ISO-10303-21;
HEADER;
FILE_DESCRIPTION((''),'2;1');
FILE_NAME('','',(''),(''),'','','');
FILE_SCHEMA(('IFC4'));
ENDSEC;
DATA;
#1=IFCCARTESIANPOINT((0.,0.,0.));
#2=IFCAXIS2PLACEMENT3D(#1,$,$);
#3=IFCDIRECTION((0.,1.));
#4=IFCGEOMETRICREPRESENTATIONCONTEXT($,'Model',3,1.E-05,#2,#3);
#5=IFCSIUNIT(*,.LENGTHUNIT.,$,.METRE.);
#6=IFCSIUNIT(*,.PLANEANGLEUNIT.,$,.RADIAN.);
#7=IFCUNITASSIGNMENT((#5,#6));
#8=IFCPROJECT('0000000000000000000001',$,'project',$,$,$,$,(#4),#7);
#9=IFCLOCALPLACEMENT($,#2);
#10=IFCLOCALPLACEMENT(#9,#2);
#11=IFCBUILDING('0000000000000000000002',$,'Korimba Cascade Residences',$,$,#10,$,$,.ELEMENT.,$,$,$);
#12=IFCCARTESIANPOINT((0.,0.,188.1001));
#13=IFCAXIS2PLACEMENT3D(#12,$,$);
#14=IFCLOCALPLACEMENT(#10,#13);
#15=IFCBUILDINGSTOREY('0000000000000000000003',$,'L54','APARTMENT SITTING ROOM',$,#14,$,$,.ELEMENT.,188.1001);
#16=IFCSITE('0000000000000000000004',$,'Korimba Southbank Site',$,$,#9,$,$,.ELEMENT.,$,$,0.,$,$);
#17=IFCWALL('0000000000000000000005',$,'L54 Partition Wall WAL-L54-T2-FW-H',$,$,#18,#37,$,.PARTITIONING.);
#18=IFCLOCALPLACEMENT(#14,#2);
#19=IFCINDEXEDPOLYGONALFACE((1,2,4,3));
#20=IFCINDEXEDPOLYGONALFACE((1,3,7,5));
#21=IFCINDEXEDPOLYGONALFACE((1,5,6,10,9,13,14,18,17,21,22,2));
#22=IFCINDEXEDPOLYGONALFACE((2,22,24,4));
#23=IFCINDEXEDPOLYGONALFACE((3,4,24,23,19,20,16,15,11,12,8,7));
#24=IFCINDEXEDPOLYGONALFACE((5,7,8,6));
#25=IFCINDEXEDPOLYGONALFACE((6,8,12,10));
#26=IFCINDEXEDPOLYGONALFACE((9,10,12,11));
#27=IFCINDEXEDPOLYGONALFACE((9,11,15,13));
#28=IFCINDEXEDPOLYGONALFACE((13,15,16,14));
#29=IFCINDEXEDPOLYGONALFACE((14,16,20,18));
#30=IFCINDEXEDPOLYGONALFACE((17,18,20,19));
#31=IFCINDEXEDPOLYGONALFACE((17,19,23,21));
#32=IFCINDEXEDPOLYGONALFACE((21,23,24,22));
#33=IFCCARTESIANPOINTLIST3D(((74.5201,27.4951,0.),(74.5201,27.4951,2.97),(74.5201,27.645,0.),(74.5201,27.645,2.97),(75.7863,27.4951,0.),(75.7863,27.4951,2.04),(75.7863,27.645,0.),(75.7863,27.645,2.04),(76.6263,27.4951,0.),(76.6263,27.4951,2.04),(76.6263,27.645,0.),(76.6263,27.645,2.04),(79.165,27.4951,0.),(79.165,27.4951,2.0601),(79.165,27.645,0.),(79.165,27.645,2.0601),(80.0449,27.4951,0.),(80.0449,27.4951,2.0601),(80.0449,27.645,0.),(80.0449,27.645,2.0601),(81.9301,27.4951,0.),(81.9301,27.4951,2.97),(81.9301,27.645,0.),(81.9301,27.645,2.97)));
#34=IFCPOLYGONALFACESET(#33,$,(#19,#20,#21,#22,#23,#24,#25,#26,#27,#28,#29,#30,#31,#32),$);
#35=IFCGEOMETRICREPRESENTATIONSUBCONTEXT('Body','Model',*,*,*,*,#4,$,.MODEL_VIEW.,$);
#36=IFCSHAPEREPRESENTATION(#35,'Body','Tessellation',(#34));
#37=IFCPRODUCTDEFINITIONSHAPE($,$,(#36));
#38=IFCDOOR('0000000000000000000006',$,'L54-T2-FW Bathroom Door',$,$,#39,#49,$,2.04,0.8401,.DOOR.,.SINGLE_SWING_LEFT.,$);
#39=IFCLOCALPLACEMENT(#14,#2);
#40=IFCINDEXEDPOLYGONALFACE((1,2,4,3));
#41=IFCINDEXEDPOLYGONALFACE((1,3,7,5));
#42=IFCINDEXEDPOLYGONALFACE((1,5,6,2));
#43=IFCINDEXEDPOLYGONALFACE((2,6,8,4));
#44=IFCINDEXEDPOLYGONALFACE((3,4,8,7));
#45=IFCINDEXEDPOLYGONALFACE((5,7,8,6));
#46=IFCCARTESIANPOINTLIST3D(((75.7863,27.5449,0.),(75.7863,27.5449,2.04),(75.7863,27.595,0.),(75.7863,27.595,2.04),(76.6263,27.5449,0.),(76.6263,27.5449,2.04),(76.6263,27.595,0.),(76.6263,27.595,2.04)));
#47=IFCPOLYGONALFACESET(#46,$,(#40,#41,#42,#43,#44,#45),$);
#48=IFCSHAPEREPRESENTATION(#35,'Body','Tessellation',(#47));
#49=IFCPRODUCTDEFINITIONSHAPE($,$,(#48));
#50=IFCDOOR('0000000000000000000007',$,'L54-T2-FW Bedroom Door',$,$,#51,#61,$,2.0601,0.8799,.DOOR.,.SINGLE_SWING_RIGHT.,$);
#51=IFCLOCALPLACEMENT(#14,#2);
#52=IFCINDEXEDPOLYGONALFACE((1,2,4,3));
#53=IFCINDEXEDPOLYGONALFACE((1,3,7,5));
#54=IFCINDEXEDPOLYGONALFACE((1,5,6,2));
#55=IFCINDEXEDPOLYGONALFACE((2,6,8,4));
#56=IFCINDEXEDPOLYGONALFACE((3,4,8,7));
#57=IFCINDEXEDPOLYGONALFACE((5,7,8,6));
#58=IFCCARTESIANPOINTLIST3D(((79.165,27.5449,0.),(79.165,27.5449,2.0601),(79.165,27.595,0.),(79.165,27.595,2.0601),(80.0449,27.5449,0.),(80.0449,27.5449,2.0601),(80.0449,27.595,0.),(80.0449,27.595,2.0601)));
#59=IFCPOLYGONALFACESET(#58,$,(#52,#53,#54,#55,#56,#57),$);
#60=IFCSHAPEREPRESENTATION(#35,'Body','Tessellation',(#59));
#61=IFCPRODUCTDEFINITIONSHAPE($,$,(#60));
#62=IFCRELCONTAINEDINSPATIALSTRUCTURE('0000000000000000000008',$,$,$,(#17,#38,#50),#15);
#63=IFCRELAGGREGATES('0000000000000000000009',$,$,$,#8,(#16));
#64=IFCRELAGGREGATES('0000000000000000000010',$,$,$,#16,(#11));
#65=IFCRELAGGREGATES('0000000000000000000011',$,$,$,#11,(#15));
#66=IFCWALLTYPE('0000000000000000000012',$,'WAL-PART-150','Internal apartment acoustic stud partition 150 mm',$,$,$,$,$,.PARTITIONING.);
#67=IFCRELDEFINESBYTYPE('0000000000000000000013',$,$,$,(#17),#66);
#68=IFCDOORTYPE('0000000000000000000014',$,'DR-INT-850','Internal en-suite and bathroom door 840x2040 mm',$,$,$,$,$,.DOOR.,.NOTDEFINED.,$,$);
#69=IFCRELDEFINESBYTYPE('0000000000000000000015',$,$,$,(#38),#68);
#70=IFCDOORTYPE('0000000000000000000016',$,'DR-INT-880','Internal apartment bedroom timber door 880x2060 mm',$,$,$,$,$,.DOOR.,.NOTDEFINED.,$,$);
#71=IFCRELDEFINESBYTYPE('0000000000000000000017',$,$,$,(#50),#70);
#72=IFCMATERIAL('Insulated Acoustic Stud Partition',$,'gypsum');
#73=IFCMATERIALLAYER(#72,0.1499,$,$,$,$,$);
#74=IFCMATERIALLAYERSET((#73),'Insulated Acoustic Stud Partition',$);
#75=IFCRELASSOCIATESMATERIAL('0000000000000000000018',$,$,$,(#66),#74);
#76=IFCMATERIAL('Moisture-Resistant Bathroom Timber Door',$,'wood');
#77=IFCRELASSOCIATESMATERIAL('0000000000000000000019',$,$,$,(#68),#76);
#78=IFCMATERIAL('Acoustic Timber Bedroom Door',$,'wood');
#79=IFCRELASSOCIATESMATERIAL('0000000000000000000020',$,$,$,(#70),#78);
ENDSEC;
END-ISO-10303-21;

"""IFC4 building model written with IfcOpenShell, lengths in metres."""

from ifc_helpers import new_model, si_unit, direction, frame, frame_2d, origin, place, context, subcontext, project, spatial, rectangle, extrude, material, layer, layer_set, type_object, element, fill, save


model = new_model("IFC4")

# Units and contexts
model_context = context("Model", 3, precision=1e-05, world=origin(), true_north=direction((0.0, 1.0)))
body_context = subcontext(model_context, "Body", "Model", "MODEL_VIEW")
ifc_project = project(units=[si_unit("LENGTHUNIT", "METRE"), si_unit("PLANEANGLEUNIT", "RADIAN")], contexts=[model_context])

# Site, building, storey
site_placement = place(None, origin())
site = spatial("IfcSite", under=ifc_project, at=site_placement, Name="Korimba Southbank Site", CompositionType="ELEMENT", RefElevation=0.0)
building_placement = place(site_placement, origin())
building = spatial("IfcBuilding", under=site, at=building_placement, Name="Korimba Cascade Residences", CompositionType="ELEMENT")
storey_placement = place(building_placement, frame((0.0, 0.0, 188.1001)))
storey = spatial("IfcBuildingStorey", under=building, at=storey_placement, Name="L54", Description="APARTMENT SITTING ROOM", CompositionType="ELEMENT", Elevation=188.1001)

# Shared definitions
ifc_material_1 = material(Name="Insulated Acoustic Stud Partition", Category="gypsum")
ifc_layer_1 = layer(ifc_material_1, 0.1499)
ifc_layer_set_1 = layer_set([ifc_layer_1], Name="Insulated Acoustic Stud Partition")
wall_type_1 = type_object("IfcWallType", Name="WAL-PART-150", Description="Internal apartment acoustic stud partition 150 mm", PredefinedType="PARTITIONING", material=ifc_layer_set_1)

# Wall, openings, doors
wall_1_placement = place(storey_placement, frame((74.52, 27.5701, 0.0), z_axis=(0.0, 0.0, 1.0), x_axis=(1.0, 0.0, 0.0)))
wall_1 = element("IfcWall", 1, at=wall_1_placement, inside=storey, type_object=wall_type_1, Name="L54 Partition Wall WAL-L54-T2-FW-H", PredefinedType="PARTITIONING", context=body_context, shape_type="SweptSolid", body=[
    extrude(rectangle(XDim=7.4099, YDim=0.1499, at=frame_2d((3.7051, 0.0))), origin(), (0.0, 0.0, 1.0), 2.97),
])
opening_1_placement = place(wall_1_placement, frame((1.2664, 0.0, 0.0)))
opening_1 = element("IfcOpeningElement", 2, at=opening_1_placement, cuts=wall_1, PredefinedType="OPENING", context=body_context, shape_type="SweptSolid", body=[
    extrude(rectangle(XDim=0.8401, YDim=2.04, at=frame_2d((0.4199, 1.02))), frame((0.0, 0.085, 0.0), z_axis=(0.0, -1.0, 0.0), x_axis=(1.0, 0.0, 0.0)), (0.0, 0.0, 1.0), 0.1699),
])
opening_2_placement = place(wall_1_placement, frame((4.645, 0.0, 0.0)))
opening_2 = element("IfcOpeningElement", 3, at=opening_2_placement, cuts=wall_1, PredefinedType="OPENING", context=body_context, shape_type="SweptSolid", body=[
    extrude(rectangle(XDim=0.8799, YDim=2.0601, at=frame_2d((0.4399, 1.03))), frame((0.0, 0.085, 0.0), z_axis=(0.0, -1.0, 0.0), x_axis=(1.0, 0.0, 0.0)), (0.0, 0.0, 1.0), 0.1699),
])
ifc_material_2 = material(Name="Moisture-Resistant Bathroom Timber Door", Category="wood")
door_type_1 = type_object("IfcDoorType", Name="DR-INT-850", Description="Internal en-suite and bathroom door 840x2040 mm", OperationType="NOTDEFINED", PredefinedType="DOOR", material=ifc_material_2)
door_1_placement = place(opening_1_placement, origin())
door_1 = element("IfcDoor", 4, at=door_1_placement, inside=storey, type_object=door_type_1, Name="L54-T2-FW Bathroom Door", OperationType="SINGLE_SWING_LEFT", OverallHeight=2.04, OverallWidth=0.8401, PredefinedType="DOOR", context=body_context, shape_type="SweptSolid", body=[
    extrude(rectangle(XDim=0.8401, YDim=2.04, at=frame_2d((0.4199, 1.02))), frame((0.0, 0.0249, 0.0), z_axis=(0.0, -1.0, 0.0), x_axis=(1.0, 0.0, 0.0)), (0.0, 0.0, 1.0), 0.05),
])
fill(opening_1, door_1)
ifc_material_3 = material(Name="Acoustic Timber Bedroom Door", Category="wood")
door_type_2 = type_object("IfcDoorType", Name="DR-INT-880", Description="Internal apartment bedroom timber door 880x2060 mm", OperationType="NOTDEFINED", PredefinedType="DOOR", material=ifc_material_3)
door_2_placement = place(opening_2_placement, origin())
door_2 = element("IfcDoor", 5, at=door_2_placement, inside=storey, type_object=door_type_2, Name="L54-T2-FW Bedroom Door", OperationType="SINGLE_SWING_RIGHT", OverallHeight=2.0601, OverallWidth=0.8799, PredefinedType="DOOR", context=body_context, shape_type="SweptSolid", body=[
    extrude(rectangle(XDim=0.8799, YDim=2.0601, at=frame_2d((0.4399, 1.03))), frame((0.0, 0.0249, 0.0), z_axis=(0.0, -1.0, 0.0), x_axis=(1.0, 0.0, 0.0)), (0.0, 0.0, 1.0), 0.05),
])
fill(opening_2, door_2)

save(model, "model.ifc")
